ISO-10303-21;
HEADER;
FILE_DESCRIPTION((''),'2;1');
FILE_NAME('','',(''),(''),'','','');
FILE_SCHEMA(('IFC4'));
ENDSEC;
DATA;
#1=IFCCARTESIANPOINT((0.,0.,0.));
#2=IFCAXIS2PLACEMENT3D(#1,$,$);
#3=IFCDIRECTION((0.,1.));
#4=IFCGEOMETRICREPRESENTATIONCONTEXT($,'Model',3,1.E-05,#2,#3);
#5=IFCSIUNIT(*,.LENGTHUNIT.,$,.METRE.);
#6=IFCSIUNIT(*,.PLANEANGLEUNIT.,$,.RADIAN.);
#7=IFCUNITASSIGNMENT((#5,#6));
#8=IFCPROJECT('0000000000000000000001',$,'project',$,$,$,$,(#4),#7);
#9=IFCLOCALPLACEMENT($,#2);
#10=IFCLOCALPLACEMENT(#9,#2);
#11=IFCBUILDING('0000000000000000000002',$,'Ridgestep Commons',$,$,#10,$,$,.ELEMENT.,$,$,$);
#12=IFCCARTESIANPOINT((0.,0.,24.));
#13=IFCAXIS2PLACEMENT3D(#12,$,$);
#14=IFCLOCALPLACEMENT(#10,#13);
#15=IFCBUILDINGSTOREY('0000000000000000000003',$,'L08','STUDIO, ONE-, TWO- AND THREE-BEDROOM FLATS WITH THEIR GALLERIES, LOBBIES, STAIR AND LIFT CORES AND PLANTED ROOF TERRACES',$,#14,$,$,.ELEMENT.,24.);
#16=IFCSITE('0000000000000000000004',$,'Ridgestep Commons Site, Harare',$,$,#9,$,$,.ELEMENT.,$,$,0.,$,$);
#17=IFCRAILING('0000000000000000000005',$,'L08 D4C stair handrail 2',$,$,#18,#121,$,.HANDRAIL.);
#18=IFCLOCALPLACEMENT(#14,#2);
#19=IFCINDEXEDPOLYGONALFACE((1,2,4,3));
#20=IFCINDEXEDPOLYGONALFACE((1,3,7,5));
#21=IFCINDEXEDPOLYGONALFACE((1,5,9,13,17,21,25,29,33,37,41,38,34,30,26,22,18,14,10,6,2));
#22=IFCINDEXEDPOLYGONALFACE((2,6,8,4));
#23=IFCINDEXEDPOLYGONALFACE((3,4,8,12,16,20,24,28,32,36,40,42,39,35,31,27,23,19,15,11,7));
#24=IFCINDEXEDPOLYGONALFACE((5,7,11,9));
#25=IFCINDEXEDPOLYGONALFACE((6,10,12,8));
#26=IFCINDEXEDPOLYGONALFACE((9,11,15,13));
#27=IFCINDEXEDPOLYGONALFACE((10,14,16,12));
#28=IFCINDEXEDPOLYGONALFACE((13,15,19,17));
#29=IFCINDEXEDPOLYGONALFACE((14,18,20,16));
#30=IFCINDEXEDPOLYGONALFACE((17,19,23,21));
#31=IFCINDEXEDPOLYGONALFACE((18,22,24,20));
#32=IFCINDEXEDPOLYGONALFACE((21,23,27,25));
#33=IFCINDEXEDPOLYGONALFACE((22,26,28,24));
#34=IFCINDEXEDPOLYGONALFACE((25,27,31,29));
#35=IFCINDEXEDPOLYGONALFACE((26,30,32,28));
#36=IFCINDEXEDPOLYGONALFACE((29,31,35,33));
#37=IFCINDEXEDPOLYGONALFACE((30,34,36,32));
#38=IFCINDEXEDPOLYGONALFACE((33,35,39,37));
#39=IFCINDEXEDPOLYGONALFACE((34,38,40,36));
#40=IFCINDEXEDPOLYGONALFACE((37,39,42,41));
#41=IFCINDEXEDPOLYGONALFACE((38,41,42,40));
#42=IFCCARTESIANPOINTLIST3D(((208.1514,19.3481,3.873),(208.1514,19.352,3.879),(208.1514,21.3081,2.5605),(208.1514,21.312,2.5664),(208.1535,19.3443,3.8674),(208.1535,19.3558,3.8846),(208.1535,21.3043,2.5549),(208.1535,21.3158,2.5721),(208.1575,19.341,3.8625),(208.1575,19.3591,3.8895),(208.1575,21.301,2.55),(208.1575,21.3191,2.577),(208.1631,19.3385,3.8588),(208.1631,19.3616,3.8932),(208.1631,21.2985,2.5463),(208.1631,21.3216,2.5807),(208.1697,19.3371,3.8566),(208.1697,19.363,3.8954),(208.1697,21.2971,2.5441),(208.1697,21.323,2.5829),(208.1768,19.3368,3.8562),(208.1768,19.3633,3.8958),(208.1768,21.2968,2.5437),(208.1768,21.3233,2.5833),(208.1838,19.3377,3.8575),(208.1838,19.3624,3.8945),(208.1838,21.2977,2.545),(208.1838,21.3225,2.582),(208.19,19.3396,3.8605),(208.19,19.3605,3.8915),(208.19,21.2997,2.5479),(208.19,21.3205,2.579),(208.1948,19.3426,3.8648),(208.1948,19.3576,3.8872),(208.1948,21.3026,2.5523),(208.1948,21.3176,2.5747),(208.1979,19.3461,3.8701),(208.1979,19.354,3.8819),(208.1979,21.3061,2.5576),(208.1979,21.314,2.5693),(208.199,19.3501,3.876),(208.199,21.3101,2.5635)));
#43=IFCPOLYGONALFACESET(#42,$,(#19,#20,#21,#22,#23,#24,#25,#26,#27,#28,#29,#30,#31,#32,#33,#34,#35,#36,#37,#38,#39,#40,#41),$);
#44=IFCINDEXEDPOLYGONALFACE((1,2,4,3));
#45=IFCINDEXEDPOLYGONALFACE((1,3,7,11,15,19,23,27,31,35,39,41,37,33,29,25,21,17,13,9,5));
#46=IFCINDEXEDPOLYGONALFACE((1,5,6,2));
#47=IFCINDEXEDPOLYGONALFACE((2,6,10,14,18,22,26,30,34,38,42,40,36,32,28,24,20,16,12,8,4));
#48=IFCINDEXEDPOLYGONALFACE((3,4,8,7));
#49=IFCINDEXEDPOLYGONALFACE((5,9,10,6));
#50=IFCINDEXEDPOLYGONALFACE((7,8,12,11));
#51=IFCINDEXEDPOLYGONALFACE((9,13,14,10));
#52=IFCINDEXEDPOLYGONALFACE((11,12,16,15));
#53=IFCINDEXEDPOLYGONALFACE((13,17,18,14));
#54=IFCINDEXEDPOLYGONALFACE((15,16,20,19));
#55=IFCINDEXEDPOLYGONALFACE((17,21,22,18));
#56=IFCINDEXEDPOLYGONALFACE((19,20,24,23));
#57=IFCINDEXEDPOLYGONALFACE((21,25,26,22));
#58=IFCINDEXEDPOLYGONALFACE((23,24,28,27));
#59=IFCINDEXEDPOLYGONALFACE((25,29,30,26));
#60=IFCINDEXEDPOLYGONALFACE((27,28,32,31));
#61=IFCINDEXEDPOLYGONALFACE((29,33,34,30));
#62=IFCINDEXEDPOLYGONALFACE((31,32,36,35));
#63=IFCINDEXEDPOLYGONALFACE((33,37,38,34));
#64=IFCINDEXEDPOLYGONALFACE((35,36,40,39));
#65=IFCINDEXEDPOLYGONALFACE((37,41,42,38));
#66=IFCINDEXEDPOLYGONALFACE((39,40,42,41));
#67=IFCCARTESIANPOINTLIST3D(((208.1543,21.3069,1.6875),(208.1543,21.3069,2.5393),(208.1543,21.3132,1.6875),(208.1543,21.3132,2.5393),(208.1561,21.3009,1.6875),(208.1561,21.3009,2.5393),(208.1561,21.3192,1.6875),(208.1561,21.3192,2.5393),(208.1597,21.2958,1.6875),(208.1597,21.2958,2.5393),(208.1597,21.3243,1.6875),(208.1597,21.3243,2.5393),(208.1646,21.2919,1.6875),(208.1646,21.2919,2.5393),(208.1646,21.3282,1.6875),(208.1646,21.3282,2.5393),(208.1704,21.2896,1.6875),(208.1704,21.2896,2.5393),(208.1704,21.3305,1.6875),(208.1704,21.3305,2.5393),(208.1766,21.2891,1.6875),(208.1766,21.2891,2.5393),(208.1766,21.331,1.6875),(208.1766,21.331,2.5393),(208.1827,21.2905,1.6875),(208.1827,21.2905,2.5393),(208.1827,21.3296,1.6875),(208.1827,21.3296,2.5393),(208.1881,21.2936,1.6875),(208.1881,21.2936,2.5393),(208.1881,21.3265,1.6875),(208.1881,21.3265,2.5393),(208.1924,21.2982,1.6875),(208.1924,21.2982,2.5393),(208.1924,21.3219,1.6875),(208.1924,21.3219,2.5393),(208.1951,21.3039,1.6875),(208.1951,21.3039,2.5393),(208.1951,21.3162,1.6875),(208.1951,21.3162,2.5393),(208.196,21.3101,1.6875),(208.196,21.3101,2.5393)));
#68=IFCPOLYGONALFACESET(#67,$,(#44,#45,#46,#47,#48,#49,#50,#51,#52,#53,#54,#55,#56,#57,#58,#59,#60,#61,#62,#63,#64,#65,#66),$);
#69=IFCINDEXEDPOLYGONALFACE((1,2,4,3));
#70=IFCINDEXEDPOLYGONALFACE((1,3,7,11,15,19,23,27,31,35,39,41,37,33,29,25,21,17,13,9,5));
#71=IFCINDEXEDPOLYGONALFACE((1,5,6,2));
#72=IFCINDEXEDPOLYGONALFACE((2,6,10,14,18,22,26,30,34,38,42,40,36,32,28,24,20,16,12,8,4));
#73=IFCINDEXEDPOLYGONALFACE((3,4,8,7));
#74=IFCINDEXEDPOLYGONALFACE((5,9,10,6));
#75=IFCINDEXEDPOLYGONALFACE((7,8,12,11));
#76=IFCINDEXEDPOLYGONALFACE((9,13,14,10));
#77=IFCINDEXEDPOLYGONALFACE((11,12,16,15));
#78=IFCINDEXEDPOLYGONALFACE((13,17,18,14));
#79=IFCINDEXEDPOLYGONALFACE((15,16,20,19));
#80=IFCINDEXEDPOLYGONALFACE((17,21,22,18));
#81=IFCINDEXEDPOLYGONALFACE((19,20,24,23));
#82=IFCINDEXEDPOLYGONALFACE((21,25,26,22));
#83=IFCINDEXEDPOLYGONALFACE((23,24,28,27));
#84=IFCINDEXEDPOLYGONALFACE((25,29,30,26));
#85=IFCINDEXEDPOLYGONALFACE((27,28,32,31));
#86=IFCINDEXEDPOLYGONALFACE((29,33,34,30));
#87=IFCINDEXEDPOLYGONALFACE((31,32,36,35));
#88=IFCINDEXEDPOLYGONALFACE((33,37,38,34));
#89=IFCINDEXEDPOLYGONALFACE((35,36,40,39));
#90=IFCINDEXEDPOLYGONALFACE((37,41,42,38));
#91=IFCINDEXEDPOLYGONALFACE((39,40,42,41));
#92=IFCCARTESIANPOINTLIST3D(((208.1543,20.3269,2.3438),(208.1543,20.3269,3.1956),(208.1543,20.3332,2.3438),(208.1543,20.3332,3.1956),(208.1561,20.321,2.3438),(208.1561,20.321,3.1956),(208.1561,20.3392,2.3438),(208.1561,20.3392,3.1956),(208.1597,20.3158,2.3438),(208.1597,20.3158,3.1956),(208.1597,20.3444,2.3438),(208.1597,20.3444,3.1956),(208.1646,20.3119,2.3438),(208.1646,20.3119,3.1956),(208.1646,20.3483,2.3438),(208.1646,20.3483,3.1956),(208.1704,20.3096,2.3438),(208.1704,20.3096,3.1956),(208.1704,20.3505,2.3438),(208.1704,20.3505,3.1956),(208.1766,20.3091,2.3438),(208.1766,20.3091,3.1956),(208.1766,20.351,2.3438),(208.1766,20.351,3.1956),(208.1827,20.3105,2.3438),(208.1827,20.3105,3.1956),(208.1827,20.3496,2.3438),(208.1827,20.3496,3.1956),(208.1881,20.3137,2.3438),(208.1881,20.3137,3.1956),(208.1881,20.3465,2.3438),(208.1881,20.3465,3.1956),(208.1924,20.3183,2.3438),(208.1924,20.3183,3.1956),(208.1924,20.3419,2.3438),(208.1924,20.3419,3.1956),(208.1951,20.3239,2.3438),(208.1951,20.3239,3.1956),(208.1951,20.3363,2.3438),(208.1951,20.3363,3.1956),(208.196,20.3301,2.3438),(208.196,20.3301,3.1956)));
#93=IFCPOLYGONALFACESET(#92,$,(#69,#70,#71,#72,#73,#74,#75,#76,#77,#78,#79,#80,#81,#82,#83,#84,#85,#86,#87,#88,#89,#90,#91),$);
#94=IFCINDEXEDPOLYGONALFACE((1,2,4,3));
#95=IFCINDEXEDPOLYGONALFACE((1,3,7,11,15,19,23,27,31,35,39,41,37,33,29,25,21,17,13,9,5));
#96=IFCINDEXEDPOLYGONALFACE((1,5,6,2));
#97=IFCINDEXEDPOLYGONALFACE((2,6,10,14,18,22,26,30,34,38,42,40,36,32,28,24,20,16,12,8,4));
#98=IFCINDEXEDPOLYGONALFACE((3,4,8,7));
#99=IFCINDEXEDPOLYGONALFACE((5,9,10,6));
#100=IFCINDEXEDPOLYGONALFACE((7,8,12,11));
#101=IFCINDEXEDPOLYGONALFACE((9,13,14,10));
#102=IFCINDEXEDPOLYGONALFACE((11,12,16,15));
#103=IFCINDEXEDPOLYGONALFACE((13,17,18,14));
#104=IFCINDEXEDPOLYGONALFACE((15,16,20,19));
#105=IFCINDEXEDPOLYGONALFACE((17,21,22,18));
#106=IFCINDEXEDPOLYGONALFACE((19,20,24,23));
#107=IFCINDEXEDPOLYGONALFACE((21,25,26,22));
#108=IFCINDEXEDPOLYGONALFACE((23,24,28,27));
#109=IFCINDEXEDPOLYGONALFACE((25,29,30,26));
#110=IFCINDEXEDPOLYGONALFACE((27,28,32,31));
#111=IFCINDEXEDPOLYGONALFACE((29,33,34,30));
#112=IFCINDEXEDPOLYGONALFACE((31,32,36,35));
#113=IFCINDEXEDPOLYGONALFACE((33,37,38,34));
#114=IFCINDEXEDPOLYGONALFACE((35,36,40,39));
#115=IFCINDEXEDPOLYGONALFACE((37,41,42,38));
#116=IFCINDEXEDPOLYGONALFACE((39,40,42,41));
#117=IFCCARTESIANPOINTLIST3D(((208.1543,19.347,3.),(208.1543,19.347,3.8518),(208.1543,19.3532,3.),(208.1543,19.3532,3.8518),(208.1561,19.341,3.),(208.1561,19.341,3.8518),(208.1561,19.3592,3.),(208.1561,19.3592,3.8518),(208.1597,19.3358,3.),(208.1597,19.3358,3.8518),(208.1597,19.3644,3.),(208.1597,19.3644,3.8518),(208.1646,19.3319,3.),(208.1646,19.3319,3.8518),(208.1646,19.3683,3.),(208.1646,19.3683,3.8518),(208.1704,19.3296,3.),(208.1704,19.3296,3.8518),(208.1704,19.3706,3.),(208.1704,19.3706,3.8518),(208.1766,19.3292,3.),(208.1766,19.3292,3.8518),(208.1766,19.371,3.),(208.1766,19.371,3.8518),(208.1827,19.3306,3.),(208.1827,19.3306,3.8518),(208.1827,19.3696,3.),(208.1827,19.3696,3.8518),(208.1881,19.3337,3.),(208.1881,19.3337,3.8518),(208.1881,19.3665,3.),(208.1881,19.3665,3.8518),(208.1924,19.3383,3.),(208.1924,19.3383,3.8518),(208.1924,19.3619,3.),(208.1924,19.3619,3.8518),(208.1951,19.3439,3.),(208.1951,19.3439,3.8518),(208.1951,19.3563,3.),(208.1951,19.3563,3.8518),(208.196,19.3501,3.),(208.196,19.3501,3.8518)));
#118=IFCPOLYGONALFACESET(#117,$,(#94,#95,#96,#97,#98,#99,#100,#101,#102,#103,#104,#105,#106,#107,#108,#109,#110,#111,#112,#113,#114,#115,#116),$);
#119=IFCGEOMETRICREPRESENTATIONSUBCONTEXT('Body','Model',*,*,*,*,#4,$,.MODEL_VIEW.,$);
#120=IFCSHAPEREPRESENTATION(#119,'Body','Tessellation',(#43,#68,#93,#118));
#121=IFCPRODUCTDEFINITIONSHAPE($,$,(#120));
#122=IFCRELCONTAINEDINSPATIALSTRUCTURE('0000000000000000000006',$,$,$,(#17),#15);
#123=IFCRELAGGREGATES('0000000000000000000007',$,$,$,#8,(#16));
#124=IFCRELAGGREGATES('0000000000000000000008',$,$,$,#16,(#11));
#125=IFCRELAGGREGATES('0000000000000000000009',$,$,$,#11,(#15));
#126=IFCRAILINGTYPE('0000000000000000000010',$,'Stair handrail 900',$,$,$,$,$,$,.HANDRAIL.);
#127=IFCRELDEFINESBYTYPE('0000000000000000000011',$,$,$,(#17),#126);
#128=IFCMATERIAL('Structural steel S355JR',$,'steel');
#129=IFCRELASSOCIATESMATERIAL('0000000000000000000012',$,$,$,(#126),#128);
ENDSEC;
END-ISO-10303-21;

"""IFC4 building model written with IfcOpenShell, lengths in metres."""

from ifc_helpers import new_model, si_unit, direction, frame, origin, origin_2d, place, context, subcontext, project, spatial, circle, extrude, material, type_object, element, save


model = new_model("IFC4")

# Units and contexts
model_context = context("Model", 3, precision=1e-05, world=origin(), true_north=direction((0.0, 1.0)))
body_context = subcontext(model_context, "Body", "Model", "MODEL_VIEW")
ifc_project = project(units=[si_unit("LENGTHUNIT", "METRE"), si_unit("PLANEANGLEUNIT", "RADIAN")], contexts=[model_context])

# Site, building, storey
site_placement = place(None, origin())
site = spatial("IfcSite", under=ifc_project, at=site_placement, Name="Ridgestep Commons Site, Harare", CompositionType="ELEMENT", RefElevation=0.0)
building_placement = place(site_placement, origin())
building = spatial("IfcBuilding", under=site, at=building_placement, Name="Ridgestep Commons", CompositionType="ELEMENT")
storey_placement = place(building_placement, frame((0.0, 0.0, 24.0)))
storey = spatial("IfcBuildingStorey", under=building, at=storey_placement, Name="L08", Description="STUDIO, ONE-, TWO- AND THREE-BEDROOM FLATS WITH THEIR GALLERIES, LOBBIES, STAIR AND LIFT CORES AND PLANTED ROOF TERRACES", CompositionType="ELEMENT", Elevation=24.0)

# Railing
ifc_material_1 = material(Name="Structural steel S355JR", Category="steel")
railing_type_1 = type_object("IfcRailingType", Name="Stair handrail 900", PredefinedType="HANDRAIL", material=ifc_material_1)
railing_1_placement = place(storey_placement, frame((208.175, 21.3101, 1.6875)))
element("IfcRailing", 1, at=railing_1_placement, inside=storey, type_object=railing_type_1, Name="L08 D4C stair handrail 2", PredefinedType="HANDRAIL", context=body_context, shape_type="SweptSolid", body=[
    extrude(circle(Radius=0.0239, at=origin_2d()), frame((0.0, 0.0, 0.876), z_axis=(0.0, -0.830902, 0.556419), x_axis=(1.0, 0.0, 0.0)), (0.0, 0.0, 1.0), 2.3589),
    extrude(circle(Radius=0.021, at=origin_2d()), origin(), (0.0, 0.0, 1.0), 0.8518),
    extrude(circle(Radius=0.021, at=origin_2d()), frame((0.0, -0.98, 0.6562)), (0.0, 0.0, 1.0), 0.8518),
    extrude(circle(Radius=0.021, at=origin_2d()), frame((0.0, -1.96, 1.3125)), (0.0, 0.0, 1.0), 0.8518),
])

save(model, "model.ifc")
